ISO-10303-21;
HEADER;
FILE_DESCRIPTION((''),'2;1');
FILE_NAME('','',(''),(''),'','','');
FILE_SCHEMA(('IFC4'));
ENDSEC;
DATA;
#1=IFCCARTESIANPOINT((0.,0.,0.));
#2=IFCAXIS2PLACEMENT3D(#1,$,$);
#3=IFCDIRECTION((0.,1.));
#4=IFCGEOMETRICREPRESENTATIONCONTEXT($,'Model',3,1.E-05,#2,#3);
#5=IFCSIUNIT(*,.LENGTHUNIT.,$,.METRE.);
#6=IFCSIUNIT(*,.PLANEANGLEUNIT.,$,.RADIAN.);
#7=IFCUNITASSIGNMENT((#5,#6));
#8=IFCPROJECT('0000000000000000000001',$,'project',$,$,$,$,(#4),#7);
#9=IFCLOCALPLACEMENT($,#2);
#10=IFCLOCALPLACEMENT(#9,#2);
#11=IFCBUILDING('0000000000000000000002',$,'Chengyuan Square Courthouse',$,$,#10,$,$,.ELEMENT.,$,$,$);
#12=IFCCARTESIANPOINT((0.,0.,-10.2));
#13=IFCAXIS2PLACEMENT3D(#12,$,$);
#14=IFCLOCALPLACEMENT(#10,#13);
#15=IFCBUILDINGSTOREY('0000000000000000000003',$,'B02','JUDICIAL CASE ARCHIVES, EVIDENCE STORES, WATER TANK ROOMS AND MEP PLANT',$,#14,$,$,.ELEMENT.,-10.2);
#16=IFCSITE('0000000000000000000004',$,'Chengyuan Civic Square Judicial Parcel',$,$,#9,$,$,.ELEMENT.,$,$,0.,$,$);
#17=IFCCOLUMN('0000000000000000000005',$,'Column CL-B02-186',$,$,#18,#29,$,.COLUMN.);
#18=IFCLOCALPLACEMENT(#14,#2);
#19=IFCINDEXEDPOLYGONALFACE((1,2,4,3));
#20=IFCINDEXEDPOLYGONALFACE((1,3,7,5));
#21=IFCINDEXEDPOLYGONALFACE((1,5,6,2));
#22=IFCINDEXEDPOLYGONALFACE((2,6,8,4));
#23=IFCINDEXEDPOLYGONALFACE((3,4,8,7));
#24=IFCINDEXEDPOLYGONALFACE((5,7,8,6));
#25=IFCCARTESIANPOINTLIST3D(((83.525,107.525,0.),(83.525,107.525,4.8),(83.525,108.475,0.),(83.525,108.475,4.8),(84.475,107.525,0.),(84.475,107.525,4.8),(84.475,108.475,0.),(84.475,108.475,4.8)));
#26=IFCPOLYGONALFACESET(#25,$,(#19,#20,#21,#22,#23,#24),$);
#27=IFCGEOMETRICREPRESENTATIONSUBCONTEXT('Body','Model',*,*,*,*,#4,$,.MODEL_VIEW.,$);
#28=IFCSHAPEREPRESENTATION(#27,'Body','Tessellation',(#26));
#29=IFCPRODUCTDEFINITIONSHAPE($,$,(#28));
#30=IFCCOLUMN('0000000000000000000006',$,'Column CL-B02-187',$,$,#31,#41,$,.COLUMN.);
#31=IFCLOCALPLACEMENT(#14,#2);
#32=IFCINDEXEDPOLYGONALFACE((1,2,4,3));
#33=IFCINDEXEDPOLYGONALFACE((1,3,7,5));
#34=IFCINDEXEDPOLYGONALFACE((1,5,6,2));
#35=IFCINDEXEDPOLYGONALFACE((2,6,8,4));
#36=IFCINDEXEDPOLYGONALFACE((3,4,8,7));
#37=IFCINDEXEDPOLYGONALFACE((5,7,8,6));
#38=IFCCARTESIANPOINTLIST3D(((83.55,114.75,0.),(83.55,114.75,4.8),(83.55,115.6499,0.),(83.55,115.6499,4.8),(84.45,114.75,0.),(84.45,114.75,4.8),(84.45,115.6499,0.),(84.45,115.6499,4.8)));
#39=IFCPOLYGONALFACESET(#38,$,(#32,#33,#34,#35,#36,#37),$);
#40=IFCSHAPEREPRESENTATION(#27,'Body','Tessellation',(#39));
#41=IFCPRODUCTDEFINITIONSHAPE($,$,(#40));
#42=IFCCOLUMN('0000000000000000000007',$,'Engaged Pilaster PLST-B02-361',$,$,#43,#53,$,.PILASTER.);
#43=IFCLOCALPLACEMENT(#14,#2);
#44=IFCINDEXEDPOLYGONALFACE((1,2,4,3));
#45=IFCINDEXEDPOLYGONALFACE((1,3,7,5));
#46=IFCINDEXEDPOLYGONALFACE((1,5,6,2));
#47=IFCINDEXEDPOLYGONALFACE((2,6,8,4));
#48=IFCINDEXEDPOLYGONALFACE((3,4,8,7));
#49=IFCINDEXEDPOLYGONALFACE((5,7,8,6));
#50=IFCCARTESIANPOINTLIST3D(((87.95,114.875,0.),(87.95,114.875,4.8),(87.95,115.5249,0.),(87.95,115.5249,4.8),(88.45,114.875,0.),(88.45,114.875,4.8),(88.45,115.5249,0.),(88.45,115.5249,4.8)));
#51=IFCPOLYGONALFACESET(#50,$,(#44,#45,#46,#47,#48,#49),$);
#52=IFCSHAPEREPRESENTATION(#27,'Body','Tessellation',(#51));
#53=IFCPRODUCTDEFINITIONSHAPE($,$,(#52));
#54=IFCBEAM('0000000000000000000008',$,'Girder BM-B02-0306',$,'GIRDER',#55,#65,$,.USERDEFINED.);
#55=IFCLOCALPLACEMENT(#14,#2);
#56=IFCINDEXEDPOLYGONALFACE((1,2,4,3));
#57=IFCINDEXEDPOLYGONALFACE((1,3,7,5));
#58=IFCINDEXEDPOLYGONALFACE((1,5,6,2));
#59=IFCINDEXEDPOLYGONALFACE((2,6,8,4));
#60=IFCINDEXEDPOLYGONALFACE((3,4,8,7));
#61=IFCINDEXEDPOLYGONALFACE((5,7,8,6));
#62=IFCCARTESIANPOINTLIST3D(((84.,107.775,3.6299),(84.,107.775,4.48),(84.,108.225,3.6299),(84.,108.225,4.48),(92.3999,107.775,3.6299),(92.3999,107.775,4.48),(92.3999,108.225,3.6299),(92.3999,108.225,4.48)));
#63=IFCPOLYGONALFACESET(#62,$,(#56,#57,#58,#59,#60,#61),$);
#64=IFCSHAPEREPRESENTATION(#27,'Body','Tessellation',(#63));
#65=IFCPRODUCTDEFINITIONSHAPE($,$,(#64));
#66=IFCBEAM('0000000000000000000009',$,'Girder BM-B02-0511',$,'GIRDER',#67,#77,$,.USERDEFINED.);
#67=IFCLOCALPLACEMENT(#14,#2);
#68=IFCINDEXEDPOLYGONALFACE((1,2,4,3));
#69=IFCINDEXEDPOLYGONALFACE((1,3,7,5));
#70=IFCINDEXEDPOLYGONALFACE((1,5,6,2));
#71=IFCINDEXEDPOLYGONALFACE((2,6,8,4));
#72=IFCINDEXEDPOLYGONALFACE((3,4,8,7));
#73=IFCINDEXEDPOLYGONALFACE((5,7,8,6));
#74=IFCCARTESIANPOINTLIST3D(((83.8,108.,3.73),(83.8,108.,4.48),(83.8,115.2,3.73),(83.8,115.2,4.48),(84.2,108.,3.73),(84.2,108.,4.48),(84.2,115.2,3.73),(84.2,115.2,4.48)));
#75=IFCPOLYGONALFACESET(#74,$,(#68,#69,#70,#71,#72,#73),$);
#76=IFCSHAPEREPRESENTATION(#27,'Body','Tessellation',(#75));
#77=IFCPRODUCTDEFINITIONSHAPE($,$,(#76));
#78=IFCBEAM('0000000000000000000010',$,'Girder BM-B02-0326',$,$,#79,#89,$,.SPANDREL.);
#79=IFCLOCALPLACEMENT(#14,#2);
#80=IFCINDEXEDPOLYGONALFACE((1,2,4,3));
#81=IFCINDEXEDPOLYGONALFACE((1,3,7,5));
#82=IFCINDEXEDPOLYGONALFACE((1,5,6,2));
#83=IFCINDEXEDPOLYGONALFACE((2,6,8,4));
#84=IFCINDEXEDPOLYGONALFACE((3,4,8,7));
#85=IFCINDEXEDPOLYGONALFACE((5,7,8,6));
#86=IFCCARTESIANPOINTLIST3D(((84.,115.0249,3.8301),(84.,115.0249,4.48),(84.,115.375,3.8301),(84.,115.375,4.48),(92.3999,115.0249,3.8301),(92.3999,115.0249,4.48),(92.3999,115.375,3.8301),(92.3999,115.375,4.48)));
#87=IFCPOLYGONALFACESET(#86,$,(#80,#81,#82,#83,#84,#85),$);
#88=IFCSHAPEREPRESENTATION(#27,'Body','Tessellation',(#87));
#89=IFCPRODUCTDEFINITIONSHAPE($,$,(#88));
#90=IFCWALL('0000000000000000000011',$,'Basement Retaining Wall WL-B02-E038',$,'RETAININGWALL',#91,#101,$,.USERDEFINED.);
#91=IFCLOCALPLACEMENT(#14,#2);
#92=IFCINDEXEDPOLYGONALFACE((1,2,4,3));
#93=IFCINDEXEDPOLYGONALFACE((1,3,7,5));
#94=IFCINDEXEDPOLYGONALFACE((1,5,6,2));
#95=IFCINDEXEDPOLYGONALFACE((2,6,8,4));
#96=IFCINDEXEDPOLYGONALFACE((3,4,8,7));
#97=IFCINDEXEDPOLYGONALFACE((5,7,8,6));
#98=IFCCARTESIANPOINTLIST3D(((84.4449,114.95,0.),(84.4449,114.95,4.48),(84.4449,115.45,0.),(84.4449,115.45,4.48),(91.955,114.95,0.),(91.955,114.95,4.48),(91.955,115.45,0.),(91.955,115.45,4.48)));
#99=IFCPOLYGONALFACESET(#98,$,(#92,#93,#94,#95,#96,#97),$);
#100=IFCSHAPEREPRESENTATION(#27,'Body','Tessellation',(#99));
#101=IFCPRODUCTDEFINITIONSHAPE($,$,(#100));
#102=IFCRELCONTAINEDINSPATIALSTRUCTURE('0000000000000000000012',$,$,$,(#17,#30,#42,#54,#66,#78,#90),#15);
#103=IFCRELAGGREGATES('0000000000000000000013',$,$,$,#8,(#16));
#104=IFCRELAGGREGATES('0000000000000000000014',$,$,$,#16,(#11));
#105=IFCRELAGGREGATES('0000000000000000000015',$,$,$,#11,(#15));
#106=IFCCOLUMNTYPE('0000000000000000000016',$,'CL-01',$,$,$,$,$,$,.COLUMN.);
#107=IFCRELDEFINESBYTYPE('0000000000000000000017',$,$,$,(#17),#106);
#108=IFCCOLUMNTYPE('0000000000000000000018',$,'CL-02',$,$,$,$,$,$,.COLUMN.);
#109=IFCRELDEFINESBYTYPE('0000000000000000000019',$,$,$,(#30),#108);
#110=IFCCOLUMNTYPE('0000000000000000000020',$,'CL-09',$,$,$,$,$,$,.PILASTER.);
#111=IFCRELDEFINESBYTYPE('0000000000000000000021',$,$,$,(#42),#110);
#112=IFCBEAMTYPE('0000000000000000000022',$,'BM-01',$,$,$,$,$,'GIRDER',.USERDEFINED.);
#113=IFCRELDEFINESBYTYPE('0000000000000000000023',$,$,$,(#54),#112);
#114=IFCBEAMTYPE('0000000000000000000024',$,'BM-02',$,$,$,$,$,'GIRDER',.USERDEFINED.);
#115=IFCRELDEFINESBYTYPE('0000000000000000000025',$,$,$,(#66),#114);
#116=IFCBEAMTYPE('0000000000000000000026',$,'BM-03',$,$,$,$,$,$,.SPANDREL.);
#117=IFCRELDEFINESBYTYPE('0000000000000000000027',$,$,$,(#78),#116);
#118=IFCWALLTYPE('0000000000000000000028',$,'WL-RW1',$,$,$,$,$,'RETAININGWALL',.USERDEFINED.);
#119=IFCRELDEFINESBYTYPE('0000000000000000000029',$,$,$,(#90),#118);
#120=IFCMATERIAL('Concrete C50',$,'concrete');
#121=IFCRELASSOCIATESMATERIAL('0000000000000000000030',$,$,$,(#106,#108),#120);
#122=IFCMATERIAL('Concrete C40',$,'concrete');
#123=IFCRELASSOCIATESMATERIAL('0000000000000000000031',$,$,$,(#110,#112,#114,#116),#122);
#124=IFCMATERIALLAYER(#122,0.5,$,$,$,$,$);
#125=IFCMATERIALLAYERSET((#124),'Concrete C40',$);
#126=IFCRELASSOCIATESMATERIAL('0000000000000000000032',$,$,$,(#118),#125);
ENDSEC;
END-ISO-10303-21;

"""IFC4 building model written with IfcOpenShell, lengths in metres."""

from ifc_helpers import new_model, si_unit, direction, frame, frame_2d, origin, origin_2d, place, context, subcontext, project, spatial, rectangle, extrude, material, layer, layer_set, material_profile, profile_set, type_object, element, save


model = new_model("IFC4")

# Units and contexts
model_context = context("Model", 3, precision=1e-05, world=origin(), true_north=direction((0.0, 1.0)))
body_context = subcontext(model_context, "Body", "Model", "MODEL_VIEW")
ifc_project = project(units=[si_unit("LENGTHUNIT", "METRE"), si_unit("PLANEANGLEUNIT", "RADIAN")], contexts=[model_context])

# Site, building, storey
site_placement = place(None, origin())
site = spatial("IfcSite", under=ifc_project, at=site_placement, Name="Chengyuan Civic Square Judicial Parcel", CompositionType="ELEMENT", RefElevation=0.0)
building_placement = place(site_placement, origin())
building = spatial("IfcBuilding", under=site, at=building_placement, Name="Chengyuan Square Courthouse", CompositionType="ELEMENT")
storey_placement = place(building_placement, frame((0.0, 0.0, -10.2)))
storey = spatial("IfcBuildingStorey", under=building, at=storey_placement, Name="B02", Description="JUDICIAL CASE ARCHIVES, EVIDENCE STORES, WATER TANK ROOMS AND MEP PLANT", CompositionType="ELEMENT", Elevation=-10.2)

# Shared definitions
ifc_material_1 = material(Name="Concrete C40", Category="concrete")

# Columns
ifc_material_2 = material(Name="Concrete C50", Category="concrete")
ifc_material_profile_1 = material_profile(ifc_material_2, rectangle(XDim=0.95, YDim=0.95, at=origin_2d()), Name="RC-COL-950x950")
ifc_profile_set_1 = profile_set([ifc_material_profile_1], Name="Concrete C50")
column_type_1 = type_object("IfcColumnType", Name="CL-01", PredefinedType="COLUMN", material=ifc_profile_set_1)
column_1_placement = place(storey_placement, frame((84.0, 108.0, 0.0), z_axis=(0.0, 0.0, 1.0), x_axis=(1.0, 0.0, 0.0)))
element("IfcColumn", 1, at=column_1_placement, inside=storey, type_object=column_type_1, Name="Column CL-B02-186", PredefinedType="COLUMN", context=body_context, shape_type="SweptSolid", body=[
    extrude(rectangle(XDim=0.95, YDim=0.95, at=origin_2d()), origin(), (0.0, 0.0, 1.0), 4.8),
])
ifc_material_profile_2 = material_profile(ifc_material_2, rectangle(XDim=0.8999, YDim=0.8999, at=origin_2d()), Name="RC-COL-900x900")
ifc_profile_set_2 = profile_set([ifc_material_profile_2], Name="Concrete C50")
column_type_2 = type_object("IfcColumnType", Name="CL-02", PredefinedType="COLUMN", material=ifc_profile_set_2)
column_2_placement = place(storey_placement, frame((84.0, 115.2, 0.0), z_axis=(0.0, 0.0, 1.0), x_axis=(1.0, 0.0, 0.0)))
element("IfcColumn", 2, at=column_2_placement, inside=storey, type_object=column_type_2, Name="Column CL-B02-187", PredefinedType="COLUMN", context=body_context, shape_type="SweptSolid", body=[
    extrude(rectangle(XDim=0.8999, YDim=0.8999, at=origin_2d()), origin(), (0.0, 0.0, 1.0), 4.8),
])
ifc_material_profile_3 = material_profile(ifc_material_1, rectangle(XDim=0.5, YDim=0.6499, at=origin_2d()), Name="RC-PIL-500x650")
ifc_profile_set_3 = profile_set([ifc_material_profile_3], Name="Concrete C40")
column_type_3 = type_object("IfcColumnType", Name="CL-09", PredefinedType="PILASTER", material=ifc_profile_set_3)
column_3_placement = place(storey_placement, frame((88.2, 115.2, 0.0), z_axis=(0.0, 0.0, 1.0), x_axis=(1.0, 0.0, 0.0)))
element("IfcColumn", 3, at=column_3_placement, inside=storey, type_object=column_type_3, Name="Engaged Pilaster PLST-B02-361", PredefinedType="PILASTER", context=body_context, shape_type="SweptSolid", body=[
    extrude(rectangle(XDim=0.5, YDim=0.6499, at=origin_2d()), origin(), (0.0, 0.0, 1.0), 4.8),
])

# Beams
ifc_material_profile_4 = material_profile(ifc_material_1, rectangle(XDim=0.45, YDim=0.8501, at=origin_2d()), Name="RC-BM-450x850")
ifc_profile_set_4 = profile_set([ifc_material_profile_4], Name="Concrete C40")
beam_type_1 = type_object("IfcBeamType", Name="BM-01", ElementType="GIRDER", PredefinedType="USERDEFINED", material=ifc_profile_set_4)
beam_1_placement = place(storey_placement, frame((84.0, 108.0, 4.0549), z_axis=(1.0, 0.0, 0.0), x_axis=(0.0, 1.0, 0.0)))
element("IfcBeam", 4, at=beam_1_placement, inside=storey, type_object=beam_type_1, Name="Girder BM-B02-0306", ObjectType="GIRDER", PredefinedType="USERDEFINED", context=body_context, shape_type="SweptSolid", body=[
    extrude(rectangle(XDim=0.45, YDim=0.8501, at=origin_2d()), origin(), (0.0, 0.0, 1.0), 8.3999),
])
ifc_material_profile_5 = material_profile(ifc_material_1, rectangle(XDim=0.3999, YDim=0.75, at=origin_2d()), Name="RC-BM-400x750")
ifc_profile_set_5 = profile_set([ifc_material_profile_5], Name="Concrete C40")
beam_type_2 = type_object("IfcBeamType", Name="BM-02", ElementType="GIRDER", PredefinedType="USERDEFINED", material=ifc_profile_set_5)
beam_2_placement = place(storey_placement, frame((84.0, 108.0, 4.105), z_axis=(0.0, 1.0, 0.0), x_axis=(-1.0, 0.0, 0.0)))
element("IfcBeam", 5, at=beam_2_placement, inside=storey, type_object=beam_type_2, Name="Girder BM-B02-0511", ObjectType="GIRDER", PredefinedType="USERDEFINED", context=body_context, shape_type="SweptSolid", body=[
    extrude(rectangle(XDim=0.3999, YDim=0.75, at=origin_2d()), origin(), (0.0, 0.0, 1.0), 7.2),
])
ifc_material_profile_6 = material_profile(ifc_material_1, rectangle(XDim=0.3501, YDim=0.6499, at=origin_2d()), Name="RC-BM-350x650")
ifc_profile_set_6 = profile_set([ifc_material_profile_6], Name="Concrete C40")
beam_type_3 = type_object("IfcBeamType", Name="BM-03", PredefinedType="SPANDREL", material=ifc_profile_set_6)
beam_3_placement = place(storey_placement, frame((84.0, 115.2, 4.155), z_axis=(1.0, 0.0, 0.0), x_axis=(0.0, 1.0, 0.0)))
element("IfcBeam", 6, at=beam_3_placement, inside=storey, type_object=beam_type_3, Name="Girder BM-B02-0326", PredefinedType="SPANDREL", context=body_context, shape_type="SweptSolid", body=[
    extrude(rectangle(XDim=0.3501, YDim=0.6499, at=origin_2d()), origin(), (0.0, 0.0, 1.0), 8.3999),
])

# Wall
ifc_layer = layer(ifc_material_1, 0.5)
ifc_layer_set = layer_set([ifc_layer], Name="Concrete C40")
wall_type = type_object("IfcWallType", Name="WL-RW1", ElementType="RETAININGWALL", PredefinedType="USERDEFINED", material=ifc_layer_set)
wall_placement = place(storey_placement, frame((84.4451, 115.2, 0.0), z_axis=(0.0, 0.0, 1.0), x_axis=(1.0, 0.0, 0.0)))
element("IfcWall", 7, at=wall_placement, inside=storey, type_object=wall_type, Name="Basement Retaining Wall WL-B02-E038", ObjectType="RETAININGWALL", PredefinedType="USERDEFINED", context=body_context, shape_type="SweptSolid", body=[
    extrude(rectangle(XDim=7.51, YDim=0.5, at=frame_2d((3.7549, 0.0))), origin(), (0.0, 0.0, 1.0), 4.48),
])

save(model, "model.ifc")
